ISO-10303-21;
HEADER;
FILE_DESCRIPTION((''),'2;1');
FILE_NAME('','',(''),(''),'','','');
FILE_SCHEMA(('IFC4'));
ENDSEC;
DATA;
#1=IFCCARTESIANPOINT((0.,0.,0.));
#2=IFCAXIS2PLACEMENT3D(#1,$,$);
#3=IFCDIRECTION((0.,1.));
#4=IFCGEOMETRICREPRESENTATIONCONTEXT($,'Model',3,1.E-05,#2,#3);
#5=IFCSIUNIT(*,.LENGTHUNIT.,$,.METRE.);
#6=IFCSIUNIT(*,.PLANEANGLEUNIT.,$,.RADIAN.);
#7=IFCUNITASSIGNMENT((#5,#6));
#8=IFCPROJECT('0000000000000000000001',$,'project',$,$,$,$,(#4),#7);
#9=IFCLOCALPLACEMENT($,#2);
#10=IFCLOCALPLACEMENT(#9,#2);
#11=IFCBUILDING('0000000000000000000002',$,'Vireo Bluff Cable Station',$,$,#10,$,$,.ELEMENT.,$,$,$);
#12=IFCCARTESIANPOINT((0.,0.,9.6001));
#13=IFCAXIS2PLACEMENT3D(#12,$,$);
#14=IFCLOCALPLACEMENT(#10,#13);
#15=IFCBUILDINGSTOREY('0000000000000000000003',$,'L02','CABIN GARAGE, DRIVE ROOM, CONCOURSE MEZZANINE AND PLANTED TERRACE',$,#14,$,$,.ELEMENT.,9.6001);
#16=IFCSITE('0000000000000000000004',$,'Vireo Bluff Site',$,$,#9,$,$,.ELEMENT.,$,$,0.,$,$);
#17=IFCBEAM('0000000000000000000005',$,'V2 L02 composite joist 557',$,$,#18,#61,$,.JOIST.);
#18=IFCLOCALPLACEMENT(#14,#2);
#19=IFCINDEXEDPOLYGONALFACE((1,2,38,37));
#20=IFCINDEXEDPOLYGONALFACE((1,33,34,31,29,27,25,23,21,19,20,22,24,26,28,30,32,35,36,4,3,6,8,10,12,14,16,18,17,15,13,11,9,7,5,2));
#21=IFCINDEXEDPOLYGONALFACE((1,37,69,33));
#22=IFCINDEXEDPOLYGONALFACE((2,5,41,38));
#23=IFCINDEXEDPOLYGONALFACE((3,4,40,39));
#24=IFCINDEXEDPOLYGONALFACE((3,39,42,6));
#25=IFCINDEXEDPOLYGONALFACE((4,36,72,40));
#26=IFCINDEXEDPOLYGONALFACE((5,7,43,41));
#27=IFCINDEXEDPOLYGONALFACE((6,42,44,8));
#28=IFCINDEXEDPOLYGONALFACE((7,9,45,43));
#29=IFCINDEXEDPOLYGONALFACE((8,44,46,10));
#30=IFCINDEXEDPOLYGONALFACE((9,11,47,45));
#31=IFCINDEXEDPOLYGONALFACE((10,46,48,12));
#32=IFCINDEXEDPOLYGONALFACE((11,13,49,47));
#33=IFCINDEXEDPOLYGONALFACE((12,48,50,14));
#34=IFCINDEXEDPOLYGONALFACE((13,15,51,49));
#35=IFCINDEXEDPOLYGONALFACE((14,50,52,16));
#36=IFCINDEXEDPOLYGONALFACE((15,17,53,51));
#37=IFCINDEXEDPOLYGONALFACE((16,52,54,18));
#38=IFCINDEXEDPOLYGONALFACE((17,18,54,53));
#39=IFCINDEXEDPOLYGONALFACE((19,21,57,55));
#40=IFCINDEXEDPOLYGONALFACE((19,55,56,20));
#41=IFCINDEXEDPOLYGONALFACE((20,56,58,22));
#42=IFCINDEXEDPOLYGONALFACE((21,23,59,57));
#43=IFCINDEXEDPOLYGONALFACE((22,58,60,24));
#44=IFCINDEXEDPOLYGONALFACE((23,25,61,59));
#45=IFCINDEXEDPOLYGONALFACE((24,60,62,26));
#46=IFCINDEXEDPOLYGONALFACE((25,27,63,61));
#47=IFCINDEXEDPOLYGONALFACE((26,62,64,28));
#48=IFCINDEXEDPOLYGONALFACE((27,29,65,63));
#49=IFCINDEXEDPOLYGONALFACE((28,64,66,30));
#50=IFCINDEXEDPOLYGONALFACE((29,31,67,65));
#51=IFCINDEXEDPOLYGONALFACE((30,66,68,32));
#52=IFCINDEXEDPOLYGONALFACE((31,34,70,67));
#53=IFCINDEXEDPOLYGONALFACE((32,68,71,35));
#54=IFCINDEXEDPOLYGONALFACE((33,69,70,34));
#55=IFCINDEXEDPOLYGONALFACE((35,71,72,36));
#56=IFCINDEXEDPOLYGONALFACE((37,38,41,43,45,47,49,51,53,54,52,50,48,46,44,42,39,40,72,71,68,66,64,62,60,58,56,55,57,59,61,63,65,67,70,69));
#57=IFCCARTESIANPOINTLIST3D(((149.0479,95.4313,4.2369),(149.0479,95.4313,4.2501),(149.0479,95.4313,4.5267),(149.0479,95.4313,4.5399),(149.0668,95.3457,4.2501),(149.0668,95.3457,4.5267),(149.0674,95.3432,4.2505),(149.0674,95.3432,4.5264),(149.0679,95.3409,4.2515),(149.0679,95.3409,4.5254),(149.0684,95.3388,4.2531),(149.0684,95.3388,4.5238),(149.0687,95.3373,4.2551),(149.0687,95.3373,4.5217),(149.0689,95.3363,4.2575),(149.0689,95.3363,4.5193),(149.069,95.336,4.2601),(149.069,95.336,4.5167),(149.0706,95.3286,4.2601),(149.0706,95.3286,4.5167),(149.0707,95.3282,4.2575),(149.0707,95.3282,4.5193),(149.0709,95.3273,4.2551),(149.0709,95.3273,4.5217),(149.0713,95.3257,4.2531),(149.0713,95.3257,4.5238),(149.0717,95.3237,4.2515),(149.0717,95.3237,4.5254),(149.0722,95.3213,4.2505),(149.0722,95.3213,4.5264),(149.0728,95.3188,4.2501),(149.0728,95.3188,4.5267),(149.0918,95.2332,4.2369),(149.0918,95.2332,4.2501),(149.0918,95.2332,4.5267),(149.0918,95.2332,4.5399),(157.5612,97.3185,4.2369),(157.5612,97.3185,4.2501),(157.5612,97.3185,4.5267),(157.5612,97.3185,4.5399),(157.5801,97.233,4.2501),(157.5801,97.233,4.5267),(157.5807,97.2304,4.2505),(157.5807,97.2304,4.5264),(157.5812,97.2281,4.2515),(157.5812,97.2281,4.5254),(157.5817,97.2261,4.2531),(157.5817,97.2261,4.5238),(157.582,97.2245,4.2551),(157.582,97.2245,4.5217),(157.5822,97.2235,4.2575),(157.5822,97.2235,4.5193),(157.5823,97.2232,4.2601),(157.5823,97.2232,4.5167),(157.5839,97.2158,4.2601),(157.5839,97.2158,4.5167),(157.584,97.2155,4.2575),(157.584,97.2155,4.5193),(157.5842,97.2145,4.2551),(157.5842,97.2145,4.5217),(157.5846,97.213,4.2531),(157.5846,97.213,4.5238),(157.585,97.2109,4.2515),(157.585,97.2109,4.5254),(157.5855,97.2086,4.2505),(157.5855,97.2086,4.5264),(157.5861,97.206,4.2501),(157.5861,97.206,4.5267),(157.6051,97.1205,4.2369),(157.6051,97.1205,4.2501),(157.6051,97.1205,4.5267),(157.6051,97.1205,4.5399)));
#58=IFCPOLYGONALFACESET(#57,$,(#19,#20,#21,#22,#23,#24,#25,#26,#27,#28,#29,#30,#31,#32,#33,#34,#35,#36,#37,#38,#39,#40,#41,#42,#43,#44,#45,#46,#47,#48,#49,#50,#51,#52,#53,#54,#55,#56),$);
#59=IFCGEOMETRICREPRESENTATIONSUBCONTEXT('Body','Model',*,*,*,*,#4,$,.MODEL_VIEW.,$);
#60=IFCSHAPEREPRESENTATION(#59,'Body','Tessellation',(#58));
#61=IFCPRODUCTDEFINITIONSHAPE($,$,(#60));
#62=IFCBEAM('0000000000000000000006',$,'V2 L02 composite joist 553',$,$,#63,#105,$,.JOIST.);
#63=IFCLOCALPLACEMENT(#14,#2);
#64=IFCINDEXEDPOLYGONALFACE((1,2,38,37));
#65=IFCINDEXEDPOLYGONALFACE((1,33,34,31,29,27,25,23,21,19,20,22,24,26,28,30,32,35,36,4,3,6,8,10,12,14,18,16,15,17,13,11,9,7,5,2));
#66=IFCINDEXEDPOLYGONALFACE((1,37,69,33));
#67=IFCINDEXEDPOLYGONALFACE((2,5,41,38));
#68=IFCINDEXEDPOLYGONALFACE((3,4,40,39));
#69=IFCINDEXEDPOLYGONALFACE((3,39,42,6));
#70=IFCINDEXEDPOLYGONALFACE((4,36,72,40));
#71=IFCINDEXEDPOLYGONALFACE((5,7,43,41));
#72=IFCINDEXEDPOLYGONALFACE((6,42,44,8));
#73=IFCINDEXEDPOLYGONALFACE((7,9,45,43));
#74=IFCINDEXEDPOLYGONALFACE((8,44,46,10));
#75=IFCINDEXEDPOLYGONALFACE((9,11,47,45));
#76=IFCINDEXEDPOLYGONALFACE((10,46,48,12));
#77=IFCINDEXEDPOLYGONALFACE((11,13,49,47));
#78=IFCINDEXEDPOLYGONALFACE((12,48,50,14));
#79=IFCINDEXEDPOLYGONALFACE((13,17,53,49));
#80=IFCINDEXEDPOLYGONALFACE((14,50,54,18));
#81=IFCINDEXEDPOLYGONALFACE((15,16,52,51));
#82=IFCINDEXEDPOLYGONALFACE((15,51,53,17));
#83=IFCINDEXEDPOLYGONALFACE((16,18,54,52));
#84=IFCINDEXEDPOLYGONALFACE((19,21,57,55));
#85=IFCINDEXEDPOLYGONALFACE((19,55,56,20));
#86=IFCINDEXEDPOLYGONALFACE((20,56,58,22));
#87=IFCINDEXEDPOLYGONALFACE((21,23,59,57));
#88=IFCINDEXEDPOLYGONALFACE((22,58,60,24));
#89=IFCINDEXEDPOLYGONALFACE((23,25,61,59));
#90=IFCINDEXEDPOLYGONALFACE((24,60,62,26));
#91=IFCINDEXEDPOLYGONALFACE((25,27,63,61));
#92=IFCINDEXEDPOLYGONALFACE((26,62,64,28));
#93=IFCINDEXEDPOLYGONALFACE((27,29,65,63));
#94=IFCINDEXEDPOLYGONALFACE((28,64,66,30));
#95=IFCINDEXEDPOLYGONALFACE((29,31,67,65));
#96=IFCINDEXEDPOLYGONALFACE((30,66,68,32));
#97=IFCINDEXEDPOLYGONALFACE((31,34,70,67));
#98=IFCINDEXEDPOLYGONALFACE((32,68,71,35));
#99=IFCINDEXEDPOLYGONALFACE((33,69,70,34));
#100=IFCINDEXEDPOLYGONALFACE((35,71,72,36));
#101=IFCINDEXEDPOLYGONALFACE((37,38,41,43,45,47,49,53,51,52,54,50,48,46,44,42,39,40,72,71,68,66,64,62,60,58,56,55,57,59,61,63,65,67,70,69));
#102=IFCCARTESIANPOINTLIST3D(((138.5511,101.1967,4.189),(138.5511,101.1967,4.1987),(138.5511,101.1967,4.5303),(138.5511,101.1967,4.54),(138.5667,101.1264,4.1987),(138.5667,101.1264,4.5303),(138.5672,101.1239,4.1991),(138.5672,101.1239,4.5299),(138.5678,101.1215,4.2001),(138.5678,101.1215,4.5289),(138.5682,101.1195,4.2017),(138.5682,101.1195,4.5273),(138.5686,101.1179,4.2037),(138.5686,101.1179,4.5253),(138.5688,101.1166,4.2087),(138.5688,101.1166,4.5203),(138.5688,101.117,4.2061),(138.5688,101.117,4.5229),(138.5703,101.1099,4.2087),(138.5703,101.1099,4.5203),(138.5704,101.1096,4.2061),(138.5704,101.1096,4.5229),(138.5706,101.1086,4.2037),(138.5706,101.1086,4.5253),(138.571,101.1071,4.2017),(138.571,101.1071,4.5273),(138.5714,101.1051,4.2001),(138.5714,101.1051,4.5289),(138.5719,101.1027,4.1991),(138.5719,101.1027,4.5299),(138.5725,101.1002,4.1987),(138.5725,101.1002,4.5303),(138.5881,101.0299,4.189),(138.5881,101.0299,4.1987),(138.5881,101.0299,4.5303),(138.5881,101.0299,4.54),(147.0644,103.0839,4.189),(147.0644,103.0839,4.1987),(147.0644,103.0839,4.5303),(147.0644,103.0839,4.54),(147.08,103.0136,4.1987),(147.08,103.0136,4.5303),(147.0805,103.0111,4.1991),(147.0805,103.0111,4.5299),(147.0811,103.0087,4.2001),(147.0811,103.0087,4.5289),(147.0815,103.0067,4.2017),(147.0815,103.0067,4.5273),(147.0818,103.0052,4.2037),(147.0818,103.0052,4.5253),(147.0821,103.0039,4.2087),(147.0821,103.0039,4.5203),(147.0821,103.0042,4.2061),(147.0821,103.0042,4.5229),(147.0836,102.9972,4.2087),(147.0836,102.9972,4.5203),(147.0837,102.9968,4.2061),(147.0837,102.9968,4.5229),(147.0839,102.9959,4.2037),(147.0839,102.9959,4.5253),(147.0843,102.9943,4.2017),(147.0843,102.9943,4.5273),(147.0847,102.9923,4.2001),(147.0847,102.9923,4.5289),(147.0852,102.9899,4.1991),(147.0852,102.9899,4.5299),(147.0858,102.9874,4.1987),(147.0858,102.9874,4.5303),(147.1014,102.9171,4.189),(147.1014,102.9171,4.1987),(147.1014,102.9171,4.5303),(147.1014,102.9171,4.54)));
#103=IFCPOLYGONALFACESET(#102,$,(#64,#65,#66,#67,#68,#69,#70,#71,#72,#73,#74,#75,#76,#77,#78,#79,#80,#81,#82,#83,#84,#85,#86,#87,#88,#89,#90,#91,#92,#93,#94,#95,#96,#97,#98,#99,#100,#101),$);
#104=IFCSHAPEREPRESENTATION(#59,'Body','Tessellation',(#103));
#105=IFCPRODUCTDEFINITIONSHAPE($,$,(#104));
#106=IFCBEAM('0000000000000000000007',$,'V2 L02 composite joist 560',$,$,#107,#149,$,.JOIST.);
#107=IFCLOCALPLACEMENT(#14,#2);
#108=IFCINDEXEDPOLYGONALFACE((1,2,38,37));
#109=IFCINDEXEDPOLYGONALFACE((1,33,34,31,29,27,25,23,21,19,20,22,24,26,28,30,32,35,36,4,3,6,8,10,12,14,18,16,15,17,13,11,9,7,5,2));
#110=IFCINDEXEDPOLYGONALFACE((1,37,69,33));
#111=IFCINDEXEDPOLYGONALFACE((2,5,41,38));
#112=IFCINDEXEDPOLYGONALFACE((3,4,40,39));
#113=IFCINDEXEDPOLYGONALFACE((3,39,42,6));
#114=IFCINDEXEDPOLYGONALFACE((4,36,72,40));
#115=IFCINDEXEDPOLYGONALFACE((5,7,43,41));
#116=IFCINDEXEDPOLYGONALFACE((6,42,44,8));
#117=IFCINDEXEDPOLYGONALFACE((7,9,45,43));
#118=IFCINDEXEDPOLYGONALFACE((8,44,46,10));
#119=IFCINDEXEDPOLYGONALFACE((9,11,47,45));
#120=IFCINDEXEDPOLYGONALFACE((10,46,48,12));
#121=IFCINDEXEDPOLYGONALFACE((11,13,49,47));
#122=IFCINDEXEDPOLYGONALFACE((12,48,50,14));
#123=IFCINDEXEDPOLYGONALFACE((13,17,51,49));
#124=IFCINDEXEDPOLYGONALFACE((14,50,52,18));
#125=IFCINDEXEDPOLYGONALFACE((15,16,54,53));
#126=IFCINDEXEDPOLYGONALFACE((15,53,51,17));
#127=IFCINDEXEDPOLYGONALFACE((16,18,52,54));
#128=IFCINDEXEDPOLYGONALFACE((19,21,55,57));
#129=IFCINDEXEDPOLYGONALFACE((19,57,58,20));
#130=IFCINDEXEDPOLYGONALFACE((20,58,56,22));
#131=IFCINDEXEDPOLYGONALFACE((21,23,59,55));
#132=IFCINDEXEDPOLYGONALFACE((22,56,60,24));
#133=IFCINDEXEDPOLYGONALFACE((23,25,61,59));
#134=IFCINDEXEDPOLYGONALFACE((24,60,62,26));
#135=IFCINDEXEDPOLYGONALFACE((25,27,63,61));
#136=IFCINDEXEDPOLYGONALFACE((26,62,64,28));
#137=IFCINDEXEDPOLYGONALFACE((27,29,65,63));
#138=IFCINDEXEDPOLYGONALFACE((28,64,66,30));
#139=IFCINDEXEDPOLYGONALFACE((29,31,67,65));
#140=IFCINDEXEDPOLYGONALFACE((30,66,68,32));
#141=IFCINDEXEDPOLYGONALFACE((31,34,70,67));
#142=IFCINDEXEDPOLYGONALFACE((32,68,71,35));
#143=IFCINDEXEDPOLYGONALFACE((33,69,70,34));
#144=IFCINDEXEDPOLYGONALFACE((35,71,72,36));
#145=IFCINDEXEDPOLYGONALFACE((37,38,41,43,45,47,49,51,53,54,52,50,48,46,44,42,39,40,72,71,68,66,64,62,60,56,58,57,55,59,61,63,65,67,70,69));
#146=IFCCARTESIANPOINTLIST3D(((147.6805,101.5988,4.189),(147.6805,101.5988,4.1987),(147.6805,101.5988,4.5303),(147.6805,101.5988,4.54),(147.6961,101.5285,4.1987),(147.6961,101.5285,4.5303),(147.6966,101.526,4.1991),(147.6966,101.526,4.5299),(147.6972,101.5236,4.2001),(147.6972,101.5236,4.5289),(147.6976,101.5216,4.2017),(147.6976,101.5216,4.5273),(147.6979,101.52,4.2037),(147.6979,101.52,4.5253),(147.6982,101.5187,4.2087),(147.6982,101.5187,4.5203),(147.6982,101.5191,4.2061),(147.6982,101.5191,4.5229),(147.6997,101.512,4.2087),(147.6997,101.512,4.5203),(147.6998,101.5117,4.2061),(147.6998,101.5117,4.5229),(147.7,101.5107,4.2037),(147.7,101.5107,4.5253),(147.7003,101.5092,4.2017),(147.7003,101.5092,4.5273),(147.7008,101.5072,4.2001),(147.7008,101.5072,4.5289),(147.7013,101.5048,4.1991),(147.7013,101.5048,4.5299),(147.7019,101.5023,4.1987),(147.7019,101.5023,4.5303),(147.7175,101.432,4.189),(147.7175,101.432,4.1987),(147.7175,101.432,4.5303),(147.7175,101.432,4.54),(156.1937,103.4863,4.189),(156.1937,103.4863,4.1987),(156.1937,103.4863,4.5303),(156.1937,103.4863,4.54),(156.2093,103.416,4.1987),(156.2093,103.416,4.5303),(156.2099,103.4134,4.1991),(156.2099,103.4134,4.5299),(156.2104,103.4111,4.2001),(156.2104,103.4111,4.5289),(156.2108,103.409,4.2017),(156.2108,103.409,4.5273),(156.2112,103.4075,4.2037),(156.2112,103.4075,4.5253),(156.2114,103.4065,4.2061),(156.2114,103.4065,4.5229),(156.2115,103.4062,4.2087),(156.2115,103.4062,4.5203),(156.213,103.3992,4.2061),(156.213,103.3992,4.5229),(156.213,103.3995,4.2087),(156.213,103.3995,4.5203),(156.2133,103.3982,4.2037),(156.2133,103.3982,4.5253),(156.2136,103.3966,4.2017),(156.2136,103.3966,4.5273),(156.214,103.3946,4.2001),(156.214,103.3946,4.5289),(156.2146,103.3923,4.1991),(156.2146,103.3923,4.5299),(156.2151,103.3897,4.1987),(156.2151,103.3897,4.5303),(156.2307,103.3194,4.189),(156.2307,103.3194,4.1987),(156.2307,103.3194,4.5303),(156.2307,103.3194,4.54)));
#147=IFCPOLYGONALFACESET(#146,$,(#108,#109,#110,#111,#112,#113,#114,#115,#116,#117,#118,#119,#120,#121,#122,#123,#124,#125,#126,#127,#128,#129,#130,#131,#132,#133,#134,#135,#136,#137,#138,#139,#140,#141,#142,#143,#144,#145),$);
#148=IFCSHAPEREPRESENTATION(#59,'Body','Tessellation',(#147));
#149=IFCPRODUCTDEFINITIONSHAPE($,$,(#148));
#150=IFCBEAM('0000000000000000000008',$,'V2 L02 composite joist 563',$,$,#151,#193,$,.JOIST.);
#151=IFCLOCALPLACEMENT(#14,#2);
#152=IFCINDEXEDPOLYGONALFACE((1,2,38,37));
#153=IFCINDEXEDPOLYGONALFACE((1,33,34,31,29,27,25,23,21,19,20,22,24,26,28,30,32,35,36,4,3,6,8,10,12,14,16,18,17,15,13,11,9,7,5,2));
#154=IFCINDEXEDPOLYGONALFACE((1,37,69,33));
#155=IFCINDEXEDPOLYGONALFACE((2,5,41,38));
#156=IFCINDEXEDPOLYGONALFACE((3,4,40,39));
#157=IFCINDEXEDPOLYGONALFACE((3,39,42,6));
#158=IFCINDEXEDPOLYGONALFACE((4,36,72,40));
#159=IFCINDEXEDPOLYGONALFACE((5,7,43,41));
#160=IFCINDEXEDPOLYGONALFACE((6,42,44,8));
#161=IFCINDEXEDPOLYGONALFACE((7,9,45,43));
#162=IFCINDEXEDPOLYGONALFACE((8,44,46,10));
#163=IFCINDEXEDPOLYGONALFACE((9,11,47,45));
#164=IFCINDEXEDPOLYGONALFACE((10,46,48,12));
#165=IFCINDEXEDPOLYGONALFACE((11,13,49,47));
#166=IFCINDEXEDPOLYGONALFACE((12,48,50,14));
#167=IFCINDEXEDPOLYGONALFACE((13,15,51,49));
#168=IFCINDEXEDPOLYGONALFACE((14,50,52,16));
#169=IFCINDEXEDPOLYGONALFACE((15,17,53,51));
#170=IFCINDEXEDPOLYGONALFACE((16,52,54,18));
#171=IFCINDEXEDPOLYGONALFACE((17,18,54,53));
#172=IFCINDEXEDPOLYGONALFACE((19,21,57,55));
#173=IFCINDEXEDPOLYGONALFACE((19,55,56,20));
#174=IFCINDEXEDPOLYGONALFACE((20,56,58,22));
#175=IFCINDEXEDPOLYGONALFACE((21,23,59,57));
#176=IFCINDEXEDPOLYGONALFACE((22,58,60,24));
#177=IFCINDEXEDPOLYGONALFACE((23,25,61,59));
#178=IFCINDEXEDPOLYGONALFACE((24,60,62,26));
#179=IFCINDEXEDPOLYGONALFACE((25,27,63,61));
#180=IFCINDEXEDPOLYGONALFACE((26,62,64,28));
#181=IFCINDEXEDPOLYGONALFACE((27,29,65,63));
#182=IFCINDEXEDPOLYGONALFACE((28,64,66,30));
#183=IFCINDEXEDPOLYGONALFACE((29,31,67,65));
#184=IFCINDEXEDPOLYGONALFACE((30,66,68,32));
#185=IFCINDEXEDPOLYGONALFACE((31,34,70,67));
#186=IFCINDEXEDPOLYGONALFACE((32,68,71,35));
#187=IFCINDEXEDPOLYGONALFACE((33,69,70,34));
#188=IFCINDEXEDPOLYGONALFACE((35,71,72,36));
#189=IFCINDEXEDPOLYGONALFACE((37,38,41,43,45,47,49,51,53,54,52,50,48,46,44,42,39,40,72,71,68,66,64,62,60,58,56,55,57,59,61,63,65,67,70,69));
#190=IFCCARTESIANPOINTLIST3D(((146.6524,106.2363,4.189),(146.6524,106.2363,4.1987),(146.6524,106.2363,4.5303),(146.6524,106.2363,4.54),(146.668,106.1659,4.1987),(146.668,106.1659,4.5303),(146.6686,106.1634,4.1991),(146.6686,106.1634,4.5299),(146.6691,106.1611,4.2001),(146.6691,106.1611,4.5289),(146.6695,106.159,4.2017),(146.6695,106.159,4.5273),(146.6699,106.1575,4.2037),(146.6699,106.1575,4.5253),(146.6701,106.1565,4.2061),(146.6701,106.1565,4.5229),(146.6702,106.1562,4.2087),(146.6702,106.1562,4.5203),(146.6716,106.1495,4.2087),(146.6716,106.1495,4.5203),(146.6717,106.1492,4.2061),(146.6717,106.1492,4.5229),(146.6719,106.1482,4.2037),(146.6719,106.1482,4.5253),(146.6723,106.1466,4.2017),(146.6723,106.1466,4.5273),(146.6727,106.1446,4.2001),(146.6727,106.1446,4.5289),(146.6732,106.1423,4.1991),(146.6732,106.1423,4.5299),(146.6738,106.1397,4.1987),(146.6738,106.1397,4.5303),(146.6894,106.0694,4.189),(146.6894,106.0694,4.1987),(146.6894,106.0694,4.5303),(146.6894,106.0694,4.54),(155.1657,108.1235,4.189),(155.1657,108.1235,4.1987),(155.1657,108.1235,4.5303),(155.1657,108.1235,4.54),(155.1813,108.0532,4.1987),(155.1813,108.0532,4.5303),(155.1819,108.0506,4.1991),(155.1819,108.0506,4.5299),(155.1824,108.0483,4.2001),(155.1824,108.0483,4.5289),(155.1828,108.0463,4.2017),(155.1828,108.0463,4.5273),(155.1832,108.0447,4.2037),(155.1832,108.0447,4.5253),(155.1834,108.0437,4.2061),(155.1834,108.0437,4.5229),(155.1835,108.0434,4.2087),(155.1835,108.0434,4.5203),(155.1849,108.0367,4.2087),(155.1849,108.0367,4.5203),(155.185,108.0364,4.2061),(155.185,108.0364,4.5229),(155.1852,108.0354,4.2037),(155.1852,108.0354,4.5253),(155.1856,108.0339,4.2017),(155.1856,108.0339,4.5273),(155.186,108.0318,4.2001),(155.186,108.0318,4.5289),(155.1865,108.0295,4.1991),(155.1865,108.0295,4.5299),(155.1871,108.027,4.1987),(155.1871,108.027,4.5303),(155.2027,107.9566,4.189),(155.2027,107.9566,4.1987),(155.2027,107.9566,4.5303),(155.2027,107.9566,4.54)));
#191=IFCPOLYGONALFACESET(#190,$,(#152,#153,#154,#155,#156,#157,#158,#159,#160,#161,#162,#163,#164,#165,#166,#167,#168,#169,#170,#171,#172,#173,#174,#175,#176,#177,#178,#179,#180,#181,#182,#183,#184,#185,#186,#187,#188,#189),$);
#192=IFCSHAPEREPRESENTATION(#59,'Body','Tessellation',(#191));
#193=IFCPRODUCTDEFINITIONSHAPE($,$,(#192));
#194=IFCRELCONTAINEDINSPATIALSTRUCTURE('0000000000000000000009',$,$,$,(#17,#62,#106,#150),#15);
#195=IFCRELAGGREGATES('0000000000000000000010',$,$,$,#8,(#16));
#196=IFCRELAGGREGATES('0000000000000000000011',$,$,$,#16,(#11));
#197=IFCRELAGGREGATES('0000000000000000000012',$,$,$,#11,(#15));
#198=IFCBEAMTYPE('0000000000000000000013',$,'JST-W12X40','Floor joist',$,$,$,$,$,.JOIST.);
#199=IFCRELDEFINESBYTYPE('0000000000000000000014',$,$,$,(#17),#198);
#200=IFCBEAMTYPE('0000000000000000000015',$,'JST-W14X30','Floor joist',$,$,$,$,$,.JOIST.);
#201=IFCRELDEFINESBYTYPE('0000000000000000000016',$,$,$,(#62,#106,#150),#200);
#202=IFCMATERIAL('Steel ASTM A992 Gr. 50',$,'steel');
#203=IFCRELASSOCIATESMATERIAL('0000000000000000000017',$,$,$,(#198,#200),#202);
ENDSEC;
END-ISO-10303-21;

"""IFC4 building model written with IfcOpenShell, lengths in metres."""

from ifc_helpers import new_model, si_unit, direction, frame, origin, origin_2d, place, context, subcontext, project, spatial, i_section, extrude, material, material_profile, profile_set, type_object, element, save


model = new_model("IFC4")

# Units and contexts
model_context = context("Model", 3, precision=1e-05, world=origin(), true_north=direction((0.0, 1.0)))
body_context = subcontext(model_context, "Body", "Model", "MODEL_VIEW")
ifc_project = project(units=[si_unit("LENGTHUNIT", "METRE"), si_unit("PLANEANGLEUNIT", "RADIAN")], contexts=[model_context])

# Site, building, storey
site_placement = place(None, origin())
site = spatial("IfcSite", under=ifc_project, at=site_placement, Name="Vireo Bluff Site", CompositionType="ELEMENT", RefElevation=0.0)
building_placement = place(site_placement, origin())
building = spatial("IfcBuilding", under=site, at=building_placement, Name="Vireo Bluff Cable Station", CompositionType="ELEMENT")
storey_placement = place(building_placement, frame((0.0, 0.0, 9.6001)))
storey = spatial("IfcBuildingStorey", under=building, at=storey_placement, Name="L02", Description="CABIN GARAGE, DRIVE ROOM, CONCOURSE MEZZANINE AND PLANTED TERRACE", CompositionType="ELEMENT", Elevation=9.6001)

# Shared definitions
ifc_material_1 = material(Name="Steel ASTM A992 Gr. 50", Category="steel")

# Beams
ifc_material_profile_1 = material_profile(ifc_material_1, i_section(OverallWidth=0.2029, OverallDepth=0.303, WebThickness=0.0076, FlangeThickness=0.0132, FilletRadius=0.01, at=origin_2d()), Name="W12X40")
ifc_profile_set_1 = profile_set([ifc_material_profile_1], Name="Steel ASTM A992 Gr. 50")
beam_type_1 = type_object("IfcBeamType", Name="JST-W12X40", Description="Floor joist", PredefinedType="JOIST", material=ifc_profile_set_1)
beam_1_placement = place(storey_placement, frame((149.0698, 95.3323, 4.3884), z_axis=(0.976299, 0.216426, 0.0), x_axis=(-0.216426, 0.976299, 0.0)))
element("IfcBeam", 1, at=beam_1_placement, inside=storey, type_object=beam_type_1, Name="V2 L02 composite joist 557", PredefinedType="JOIST", context=body_context, shape_type="SweptSolid", body=[
    extrude(i_section(OverallWidth=0.2029, OverallDepth=0.303, WebThickness=0.0076, FlangeThickness=0.0132, FilletRadius=0.01, at=origin_2d()), origin(), (0.0, 0.0, 1.0), 8.72),
])
ifc_material_profile_2 = material_profile(ifc_material_1, i_section(OverallWidth=0.1709, OverallDepth=0.3511, WebThickness=0.0068, FlangeThickness=0.0098, FilletRadius=0.01, at=origin_2d()), Name="W14X30")
ifc_profile_set_2 = profile_set([ifc_material_profile_2], Name="Steel ASTM A992 Gr. 50")
beam_type_2 = type_object("IfcBeamType", Name="JST-W14X30", Description="Floor joist", PredefinedType="JOIST", material=ifc_profile_set_2)
for number, where, z_axis, x_axis, name in (
    (2, (138.5696, 101.1133, 4.3645), (0.976299, 0.216426, 0.0), (-0.216426, 0.976299, 0.0), "V2 L02 composite joist 553"),
    (3, (147.699, 101.5154, 4.3645), (0.976293, 0.216453, 0.0), (-0.216453, 0.976293, 0.0), "V2 L02 composite joist 560"),
    (4, (146.6709, 106.1528, 4.3645), (0.976299, 0.216426, 0.0), (-0.216426, 0.976299, 0.0), "V2 L02 composite joist 563"),
):
    element("IfcBeam", number, at=place(storey_placement, frame(where, z_axis=z_axis, x_axis=x_axis)), inside=storey, type_object=beam_type_2, Name=name, PredefinedType="JOIST", context=body_context, shape_type="SweptSolid", body=[
        extrude(i_section(OverallWidth=0.1709, OverallDepth=0.3511, WebThickness=0.0068, FlangeThickness=0.0098, FilletRadius=0.01, at=origin_2d()), origin(), (0.0, 0.0, 1.0), 8.72),
    ])

save(model, "model.ifc")
